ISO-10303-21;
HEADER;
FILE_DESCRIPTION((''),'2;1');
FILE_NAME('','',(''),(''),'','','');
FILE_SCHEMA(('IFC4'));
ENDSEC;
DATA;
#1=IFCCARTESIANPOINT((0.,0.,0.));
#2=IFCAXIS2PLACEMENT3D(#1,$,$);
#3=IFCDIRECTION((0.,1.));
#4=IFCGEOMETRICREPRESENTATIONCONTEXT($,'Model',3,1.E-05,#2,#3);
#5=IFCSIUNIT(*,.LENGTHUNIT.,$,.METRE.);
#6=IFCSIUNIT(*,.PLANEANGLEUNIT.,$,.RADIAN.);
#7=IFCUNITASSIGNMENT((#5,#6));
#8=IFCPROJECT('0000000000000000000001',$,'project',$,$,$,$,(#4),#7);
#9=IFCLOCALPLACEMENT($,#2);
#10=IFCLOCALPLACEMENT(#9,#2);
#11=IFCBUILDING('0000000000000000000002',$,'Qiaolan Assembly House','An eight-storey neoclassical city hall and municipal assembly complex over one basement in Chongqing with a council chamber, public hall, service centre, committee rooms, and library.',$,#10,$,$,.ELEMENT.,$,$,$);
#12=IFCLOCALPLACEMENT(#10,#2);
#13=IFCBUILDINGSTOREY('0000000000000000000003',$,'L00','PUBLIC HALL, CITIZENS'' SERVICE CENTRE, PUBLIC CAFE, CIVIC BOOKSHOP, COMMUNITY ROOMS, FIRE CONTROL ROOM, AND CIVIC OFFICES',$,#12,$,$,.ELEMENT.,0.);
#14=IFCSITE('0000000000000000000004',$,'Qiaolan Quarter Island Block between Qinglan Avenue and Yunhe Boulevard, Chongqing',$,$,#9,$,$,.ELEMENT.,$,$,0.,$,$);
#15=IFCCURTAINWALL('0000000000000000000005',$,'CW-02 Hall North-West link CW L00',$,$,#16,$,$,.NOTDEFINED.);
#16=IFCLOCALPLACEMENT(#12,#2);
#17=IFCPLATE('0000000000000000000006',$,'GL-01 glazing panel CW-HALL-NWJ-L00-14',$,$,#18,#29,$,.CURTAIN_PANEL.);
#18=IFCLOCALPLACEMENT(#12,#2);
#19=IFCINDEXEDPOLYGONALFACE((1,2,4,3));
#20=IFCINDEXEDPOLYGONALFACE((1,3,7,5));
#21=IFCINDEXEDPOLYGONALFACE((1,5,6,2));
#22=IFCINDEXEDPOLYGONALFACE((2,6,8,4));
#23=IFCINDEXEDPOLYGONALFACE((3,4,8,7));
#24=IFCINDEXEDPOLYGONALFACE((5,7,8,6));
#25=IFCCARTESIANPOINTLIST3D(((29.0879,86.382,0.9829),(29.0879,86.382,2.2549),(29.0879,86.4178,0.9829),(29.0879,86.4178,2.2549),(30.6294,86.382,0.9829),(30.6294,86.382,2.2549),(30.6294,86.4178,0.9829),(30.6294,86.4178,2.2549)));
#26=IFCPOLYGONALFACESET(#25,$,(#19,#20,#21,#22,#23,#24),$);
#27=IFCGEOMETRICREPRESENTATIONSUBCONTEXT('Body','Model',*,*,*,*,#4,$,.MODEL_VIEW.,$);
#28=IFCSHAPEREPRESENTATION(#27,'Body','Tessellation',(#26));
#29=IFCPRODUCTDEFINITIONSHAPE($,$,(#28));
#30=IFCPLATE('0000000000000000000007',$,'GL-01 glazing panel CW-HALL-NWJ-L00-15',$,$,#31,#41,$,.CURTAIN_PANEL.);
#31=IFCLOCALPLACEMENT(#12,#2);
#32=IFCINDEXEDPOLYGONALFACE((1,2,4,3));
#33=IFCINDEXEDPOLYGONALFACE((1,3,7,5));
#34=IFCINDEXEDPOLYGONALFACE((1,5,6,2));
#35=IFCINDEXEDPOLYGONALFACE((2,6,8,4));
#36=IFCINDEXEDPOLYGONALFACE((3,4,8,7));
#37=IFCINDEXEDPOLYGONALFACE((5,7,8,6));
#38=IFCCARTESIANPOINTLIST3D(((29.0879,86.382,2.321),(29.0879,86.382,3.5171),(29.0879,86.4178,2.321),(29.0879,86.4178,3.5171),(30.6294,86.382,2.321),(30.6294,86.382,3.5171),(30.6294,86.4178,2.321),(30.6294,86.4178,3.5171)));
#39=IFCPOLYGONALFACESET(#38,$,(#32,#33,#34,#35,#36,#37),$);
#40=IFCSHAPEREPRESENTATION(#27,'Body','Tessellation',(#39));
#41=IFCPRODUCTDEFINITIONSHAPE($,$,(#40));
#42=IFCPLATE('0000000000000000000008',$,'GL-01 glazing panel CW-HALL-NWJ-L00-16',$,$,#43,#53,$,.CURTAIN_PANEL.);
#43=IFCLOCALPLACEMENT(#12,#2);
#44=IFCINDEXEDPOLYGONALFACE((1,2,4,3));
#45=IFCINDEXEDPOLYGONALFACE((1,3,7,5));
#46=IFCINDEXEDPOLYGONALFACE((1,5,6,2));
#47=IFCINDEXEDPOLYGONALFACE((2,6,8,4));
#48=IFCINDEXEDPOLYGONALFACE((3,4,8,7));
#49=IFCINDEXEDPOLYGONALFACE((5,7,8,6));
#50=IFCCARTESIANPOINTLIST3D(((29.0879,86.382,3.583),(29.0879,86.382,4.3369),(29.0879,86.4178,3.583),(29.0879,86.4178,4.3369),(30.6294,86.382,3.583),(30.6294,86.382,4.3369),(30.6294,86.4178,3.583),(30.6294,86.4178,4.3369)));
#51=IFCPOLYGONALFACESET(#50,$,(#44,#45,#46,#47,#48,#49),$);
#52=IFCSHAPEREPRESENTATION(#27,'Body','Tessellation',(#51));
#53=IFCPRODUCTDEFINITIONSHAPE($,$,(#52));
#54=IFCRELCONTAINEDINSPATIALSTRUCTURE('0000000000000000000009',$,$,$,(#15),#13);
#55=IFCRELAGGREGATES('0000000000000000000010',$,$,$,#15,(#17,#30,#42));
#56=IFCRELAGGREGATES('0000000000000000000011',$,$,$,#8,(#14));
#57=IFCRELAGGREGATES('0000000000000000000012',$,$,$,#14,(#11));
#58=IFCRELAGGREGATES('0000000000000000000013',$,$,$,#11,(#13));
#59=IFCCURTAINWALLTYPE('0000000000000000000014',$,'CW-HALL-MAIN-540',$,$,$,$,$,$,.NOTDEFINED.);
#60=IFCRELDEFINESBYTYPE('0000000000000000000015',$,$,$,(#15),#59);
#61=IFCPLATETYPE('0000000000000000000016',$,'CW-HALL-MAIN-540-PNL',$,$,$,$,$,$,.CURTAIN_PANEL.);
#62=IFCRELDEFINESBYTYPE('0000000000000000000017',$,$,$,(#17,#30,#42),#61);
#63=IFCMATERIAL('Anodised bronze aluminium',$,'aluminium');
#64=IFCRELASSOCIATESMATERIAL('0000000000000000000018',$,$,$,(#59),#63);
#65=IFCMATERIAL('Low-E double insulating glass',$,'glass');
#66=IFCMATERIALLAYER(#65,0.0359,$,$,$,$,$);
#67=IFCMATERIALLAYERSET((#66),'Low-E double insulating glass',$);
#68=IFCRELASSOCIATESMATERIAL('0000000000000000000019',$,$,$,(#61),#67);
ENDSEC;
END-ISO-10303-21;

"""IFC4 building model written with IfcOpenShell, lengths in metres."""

from ifc_helpers import new_model, si_unit, direction, frame, frame_2d, origin, place, context, subcontext, project, spatial, rectangle, extrude, material, layer, layer_set, type_object, element, aggregate, save


model = new_model("IFC4")

# Units and contexts
model_context = context("Model", 3, precision=1e-05, world=origin(), true_north=direction((0.0, 1.0)))
body_context = subcontext(model_context, "Body", "Model", "MODEL_VIEW")
ifc_project = project(units=[si_unit("LENGTHUNIT", "METRE"), si_unit("PLANEANGLEUNIT", "RADIAN")], contexts=[model_context])

# Site, building, storey
site_placement = place(None, origin())
site = spatial("IfcSite", under=ifc_project, at=site_placement, Name="Qiaolan Quarter Island Block between Qinglan Avenue and Yunhe Boulevard, Chongqing", CompositionType="ELEMENT", RefElevation=0.0)
building_placement = place(site_placement, origin())
building = spatial("IfcBuilding", under=site, at=building_placement, Name="Qiaolan Assembly House", Description="An eight-storey neoclassical city hall and municipal assembly complex over one basement in Chongqing with a council chamber, public hall, service centre, committee rooms, and library.", CompositionType="ELEMENT")
storey_placement = place(building_placement, origin())
storey = spatial("IfcBuildingStorey", under=building, at=storey_placement, Name="L00", Description="PUBLIC HALL, CITIZENS' SERVICE CENTRE, PUBLIC CAFE, CIVIC BOOKSHOP, COMMUNITY ROOMS, FIRE CONTROL ROOM, AND CIVIC OFFICES", CompositionType="ELEMENT", Elevation=0.0)

# Shared definitions
ifc_material_1 = material(Name="Anodised bronze aluminium", Category="aluminium")
curtain_wall_type = type_object("IfcCurtainWallType", Name="CW-HALL-MAIN-540", PredefinedType="NOTDEFINED", material=ifc_material_1)

# Curtain wall
curtain_wall_1_placement = place(storey_placement, origin())
curtain_wall_1 = element("IfcCurtainWall", 1, at=curtain_wall_1_placement, inside=storey, type_object=curtain_wall_type, Name="CW-02 Hall North-West link CW L00", PredefinedType="NOTDEFINED")

# Plates
ifc_material_2 = material(Name="Low-E double insulating glass", Category="glass")
ifc_layer = layer(ifc_material_2, 0.0359)
ifc_layer_set = layer_set([ifc_layer], Name="Low-E double insulating glass")
plate_type = type_object("IfcPlateType", Name="CW-HALL-MAIN-540-PNL", PredefinedType="CURTAIN_PANEL", material=ifc_layer_set)
plate_1_placement = place(storey_placement, frame((30.6294, 86.3999, 0.9829), z_axis=(0.0, 0.0, 1.0), x_axis=(-1.0, 0.0, 0.0)))
plate_1 = element("IfcPlate", 2, at=plate_1_placement, type_object=plate_type, Name="GL-01 glazing panel CW-HALL-NWJ-L00-14", PredefinedType="CURTAIN_PANEL", context=body_context, shape_type="SweptSolid", body=[
    extrude(rectangle(XDim=1.5415, YDim=0.0359, at=frame_2d((0.7708, 0.0))), origin(), (0.0, 0.0, 1.0), 1.272),
])
plate_2_placement = place(storey_placement, frame((30.6294, 86.3999, 2.321), z_axis=(0.0, 0.0, 1.0), x_axis=(-1.0, 0.0, 0.0)))
plate_2 = element("IfcPlate", 3, at=plate_2_placement, type_object=plate_type, Name="GL-01 glazing panel CW-HALL-NWJ-L00-15", PredefinedType="CURTAIN_PANEL", context=body_context, shape_type="SweptSolid", body=[
    extrude(rectangle(XDim=1.5415, YDim=0.0359, at=frame_2d((0.7708, 0.0))), origin(), (0.0, 0.0, 1.0), 1.196),
])
plate_3_placement = place(storey_placement, frame((30.6294, 86.3999, 3.583), z_axis=(0.0, 0.0, 1.0), x_axis=(-1.0, 0.0, 0.0)))
plate_3 = element("IfcPlate", 4, at=plate_3_placement, type_object=plate_type, Name="GL-01 glazing panel CW-HALL-NWJ-L00-16", PredefinedType="CURTAIN_PANEL", context=body_context, shape_type="SweptSolid", body=[
    extrude(rectangle(XDim=1.5415, YDim=0.0359, at=frame_2d((0.7708, 0.0))), origin(), (0.0, 0.0, 1.0), 0.7539),
])
aggregate(curtain_wall_1, [plate_1, plate_2, plate_3])

save(model, "model.ifc")
